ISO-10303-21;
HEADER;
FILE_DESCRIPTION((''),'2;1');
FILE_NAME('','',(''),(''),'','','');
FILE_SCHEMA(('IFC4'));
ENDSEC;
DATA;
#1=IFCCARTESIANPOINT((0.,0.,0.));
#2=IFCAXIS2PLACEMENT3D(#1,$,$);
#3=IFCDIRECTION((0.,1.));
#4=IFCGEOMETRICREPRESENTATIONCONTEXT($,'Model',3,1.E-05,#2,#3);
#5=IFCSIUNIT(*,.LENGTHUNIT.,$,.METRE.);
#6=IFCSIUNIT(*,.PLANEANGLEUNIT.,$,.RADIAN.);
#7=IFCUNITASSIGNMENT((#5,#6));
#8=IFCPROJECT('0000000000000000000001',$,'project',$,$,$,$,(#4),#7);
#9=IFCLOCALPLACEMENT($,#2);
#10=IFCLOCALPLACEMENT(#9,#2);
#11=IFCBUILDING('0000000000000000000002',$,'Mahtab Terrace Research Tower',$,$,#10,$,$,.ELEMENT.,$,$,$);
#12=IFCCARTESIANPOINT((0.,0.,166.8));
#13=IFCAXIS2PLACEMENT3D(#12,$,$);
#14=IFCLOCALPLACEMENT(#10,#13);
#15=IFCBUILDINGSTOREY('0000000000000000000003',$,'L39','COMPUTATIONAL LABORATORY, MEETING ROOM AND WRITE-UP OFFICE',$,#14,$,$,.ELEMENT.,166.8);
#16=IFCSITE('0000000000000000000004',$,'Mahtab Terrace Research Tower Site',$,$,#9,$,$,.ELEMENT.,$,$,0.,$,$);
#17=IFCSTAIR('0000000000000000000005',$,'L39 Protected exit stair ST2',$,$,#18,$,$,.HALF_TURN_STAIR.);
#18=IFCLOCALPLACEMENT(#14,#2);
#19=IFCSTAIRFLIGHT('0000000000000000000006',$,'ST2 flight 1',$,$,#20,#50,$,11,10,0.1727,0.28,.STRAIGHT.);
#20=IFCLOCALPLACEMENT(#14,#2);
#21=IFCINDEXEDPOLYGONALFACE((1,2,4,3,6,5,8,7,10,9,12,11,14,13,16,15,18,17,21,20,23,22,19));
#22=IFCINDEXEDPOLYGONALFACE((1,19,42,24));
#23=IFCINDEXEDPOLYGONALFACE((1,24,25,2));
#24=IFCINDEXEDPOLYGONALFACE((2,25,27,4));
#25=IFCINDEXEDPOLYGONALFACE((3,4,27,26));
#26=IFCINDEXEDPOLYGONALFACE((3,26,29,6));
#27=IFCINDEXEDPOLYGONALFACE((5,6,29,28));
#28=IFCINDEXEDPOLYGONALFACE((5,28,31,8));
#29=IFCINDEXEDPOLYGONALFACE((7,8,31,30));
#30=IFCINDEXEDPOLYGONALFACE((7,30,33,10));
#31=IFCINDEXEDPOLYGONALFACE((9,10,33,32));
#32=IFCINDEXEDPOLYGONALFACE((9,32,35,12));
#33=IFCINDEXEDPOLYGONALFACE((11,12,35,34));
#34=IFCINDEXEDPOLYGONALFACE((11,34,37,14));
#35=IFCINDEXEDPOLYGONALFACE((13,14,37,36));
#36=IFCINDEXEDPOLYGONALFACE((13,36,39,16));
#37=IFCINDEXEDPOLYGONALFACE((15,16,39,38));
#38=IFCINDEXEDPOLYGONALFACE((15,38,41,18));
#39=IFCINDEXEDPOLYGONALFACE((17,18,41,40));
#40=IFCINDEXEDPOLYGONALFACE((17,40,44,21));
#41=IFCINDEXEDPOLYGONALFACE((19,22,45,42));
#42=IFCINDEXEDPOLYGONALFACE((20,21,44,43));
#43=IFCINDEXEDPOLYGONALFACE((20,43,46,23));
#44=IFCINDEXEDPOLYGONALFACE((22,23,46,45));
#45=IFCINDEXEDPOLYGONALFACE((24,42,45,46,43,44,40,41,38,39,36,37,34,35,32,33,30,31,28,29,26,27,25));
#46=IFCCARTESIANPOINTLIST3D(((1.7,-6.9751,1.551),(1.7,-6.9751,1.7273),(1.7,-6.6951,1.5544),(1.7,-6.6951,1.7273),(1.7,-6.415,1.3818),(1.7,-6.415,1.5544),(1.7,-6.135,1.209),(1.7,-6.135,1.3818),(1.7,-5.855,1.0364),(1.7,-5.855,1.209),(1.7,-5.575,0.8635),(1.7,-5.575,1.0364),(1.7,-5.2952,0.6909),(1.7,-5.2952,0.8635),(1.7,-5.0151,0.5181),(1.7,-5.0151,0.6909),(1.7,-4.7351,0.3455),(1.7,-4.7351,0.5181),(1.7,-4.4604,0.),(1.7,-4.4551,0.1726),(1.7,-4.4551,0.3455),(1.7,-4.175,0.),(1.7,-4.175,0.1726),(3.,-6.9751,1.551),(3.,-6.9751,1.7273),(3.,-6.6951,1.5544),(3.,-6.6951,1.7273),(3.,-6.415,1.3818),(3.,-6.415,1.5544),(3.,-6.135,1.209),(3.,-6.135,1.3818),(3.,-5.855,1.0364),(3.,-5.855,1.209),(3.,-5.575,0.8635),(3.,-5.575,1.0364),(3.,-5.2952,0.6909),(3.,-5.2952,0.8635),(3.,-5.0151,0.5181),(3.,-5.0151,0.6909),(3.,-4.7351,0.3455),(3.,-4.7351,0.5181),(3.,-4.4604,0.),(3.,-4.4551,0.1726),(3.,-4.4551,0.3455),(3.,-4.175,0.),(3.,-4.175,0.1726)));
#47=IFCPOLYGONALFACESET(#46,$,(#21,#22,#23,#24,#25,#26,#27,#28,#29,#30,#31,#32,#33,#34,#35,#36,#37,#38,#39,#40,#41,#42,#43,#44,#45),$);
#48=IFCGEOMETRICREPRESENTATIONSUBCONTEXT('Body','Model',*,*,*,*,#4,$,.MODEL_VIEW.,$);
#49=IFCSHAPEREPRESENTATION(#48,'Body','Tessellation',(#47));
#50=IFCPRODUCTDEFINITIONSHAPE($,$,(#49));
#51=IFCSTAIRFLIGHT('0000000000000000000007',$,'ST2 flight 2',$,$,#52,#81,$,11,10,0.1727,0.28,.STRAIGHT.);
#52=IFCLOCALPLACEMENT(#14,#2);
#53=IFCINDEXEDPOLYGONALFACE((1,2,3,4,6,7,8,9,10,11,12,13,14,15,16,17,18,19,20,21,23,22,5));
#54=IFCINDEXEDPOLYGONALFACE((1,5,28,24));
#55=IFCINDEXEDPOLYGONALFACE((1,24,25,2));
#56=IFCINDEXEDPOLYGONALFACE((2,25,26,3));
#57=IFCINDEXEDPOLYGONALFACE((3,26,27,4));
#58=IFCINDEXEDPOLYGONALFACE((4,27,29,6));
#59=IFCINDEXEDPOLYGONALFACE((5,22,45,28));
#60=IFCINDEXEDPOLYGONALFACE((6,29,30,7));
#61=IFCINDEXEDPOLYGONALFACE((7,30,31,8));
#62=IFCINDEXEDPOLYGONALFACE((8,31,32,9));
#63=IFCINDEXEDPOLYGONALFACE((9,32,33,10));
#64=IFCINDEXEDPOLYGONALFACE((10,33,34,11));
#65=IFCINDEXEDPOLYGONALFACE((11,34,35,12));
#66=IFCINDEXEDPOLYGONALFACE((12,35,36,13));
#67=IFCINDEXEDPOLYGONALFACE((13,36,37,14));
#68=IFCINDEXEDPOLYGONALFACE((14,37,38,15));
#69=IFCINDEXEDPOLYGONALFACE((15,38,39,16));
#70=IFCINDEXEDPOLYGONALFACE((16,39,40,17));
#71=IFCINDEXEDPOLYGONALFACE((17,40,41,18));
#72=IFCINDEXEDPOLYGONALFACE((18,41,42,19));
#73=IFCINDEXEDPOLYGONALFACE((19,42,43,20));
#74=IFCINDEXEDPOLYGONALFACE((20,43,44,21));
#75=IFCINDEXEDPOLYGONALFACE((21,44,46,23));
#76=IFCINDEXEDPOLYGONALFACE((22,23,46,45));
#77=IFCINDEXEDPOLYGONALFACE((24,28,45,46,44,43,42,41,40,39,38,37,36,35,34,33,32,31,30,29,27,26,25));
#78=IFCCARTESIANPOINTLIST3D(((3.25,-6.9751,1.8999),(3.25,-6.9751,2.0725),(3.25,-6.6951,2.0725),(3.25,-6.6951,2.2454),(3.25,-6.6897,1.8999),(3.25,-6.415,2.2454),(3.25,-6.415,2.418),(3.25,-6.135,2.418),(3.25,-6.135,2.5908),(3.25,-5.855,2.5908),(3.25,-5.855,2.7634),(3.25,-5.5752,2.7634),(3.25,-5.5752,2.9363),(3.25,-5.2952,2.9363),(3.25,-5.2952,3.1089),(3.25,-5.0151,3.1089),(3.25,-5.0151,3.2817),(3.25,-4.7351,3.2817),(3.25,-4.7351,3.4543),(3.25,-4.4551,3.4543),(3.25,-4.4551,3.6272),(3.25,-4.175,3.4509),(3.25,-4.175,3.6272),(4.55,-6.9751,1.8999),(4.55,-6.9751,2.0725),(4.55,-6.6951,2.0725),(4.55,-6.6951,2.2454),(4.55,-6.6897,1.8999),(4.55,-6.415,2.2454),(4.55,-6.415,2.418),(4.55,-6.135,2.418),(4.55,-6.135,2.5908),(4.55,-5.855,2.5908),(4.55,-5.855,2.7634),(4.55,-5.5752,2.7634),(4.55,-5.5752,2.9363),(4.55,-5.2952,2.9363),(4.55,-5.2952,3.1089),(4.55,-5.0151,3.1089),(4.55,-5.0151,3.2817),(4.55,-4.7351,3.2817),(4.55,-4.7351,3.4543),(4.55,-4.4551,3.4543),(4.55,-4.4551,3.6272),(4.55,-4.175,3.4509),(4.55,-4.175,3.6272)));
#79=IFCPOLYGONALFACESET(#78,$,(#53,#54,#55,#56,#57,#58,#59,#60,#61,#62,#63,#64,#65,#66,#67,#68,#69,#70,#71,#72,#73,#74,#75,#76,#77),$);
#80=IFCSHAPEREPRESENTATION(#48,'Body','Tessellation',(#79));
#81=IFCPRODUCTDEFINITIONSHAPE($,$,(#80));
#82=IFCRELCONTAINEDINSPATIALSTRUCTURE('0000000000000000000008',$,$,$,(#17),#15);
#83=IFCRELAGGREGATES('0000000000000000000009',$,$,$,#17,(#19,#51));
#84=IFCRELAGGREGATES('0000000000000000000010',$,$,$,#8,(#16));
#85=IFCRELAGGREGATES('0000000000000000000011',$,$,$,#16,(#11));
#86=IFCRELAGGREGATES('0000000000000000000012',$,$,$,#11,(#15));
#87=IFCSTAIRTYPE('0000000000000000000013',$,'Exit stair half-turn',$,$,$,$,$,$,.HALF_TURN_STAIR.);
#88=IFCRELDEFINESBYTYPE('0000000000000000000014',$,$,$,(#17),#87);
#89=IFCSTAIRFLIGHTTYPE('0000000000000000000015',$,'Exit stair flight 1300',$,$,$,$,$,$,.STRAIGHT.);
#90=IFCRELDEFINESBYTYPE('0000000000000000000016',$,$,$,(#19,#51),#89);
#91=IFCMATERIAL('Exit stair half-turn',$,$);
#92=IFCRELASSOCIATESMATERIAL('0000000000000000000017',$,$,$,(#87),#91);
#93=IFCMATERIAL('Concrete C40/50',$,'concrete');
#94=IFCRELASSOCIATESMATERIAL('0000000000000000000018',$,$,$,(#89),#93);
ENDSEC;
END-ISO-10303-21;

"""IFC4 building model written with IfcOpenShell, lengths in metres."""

from ifc_helpers import new_model, si_unit, direction, frame, origin, place, context, subcontext, project, spatial, polyline, outline, extrude, material, type_object, element, aggregate, save


model = new_model("IFC4")

# Units and contexts
model_context = context("Model", 3, precision=1e-05, world=origin(), true_north=direction((0.0, 1.0)))
body_context = subcontext(model_context, "Body", "Model", "MODEL_VIEW")
ifc_project = project(units=[si_unit("LENGTHUNIT", "METRE"), si_unit("PLANEANGLEUNIT", "RADIAN")], contexts=[model_context])

# Site, building, storey
site_placement = place(None, origin())
site = spatial("IfcSite", under=ifc_project, at=site_placement, Name="Mahtab Terrace Research Tower Site", CompositionType="ELEMENT", RefElevation=0.0)
building_placement = place(site_placement, origin())
building = spatial("IfcBuilding", under=site, at=building_placement, Name="Mahtab Terrace Research Tower", CompositionType="ELEMENT")
storey_placement = place(building_placement, frame((0.0, 0.0, 166.8)))
storey = spatial("IfcBuildingStorey", under=building, at=storey_placement, Name="L39", Description="COMPUTATIONAL LABORATORY, MEETING ROOM AND WRITE-UP OFFICE", CompositionType="ELEMENT", Elevation=166.8)

# Stair, stair flights
ifc_material_1 = material(Name="Exit stair half-turn")
stair_type = type_object("IfcStairType", Name="Exit stair half-turn", PredefinedType="HALF_TURN_STAIR", material=ifc_material_1)
stair_placement = place(storey_placement, origin())
stair = element("IfcStair", 1, at=stair_placement, inside=storey, type_object=stair_type, Name="L39 Protected exit stair ST2", PredefinedType="HALF_TURN_STAIR")
ifc_material_2 = material(Name="Concrete C40/50", Category="concrete")
stair_flight_type = type_object("IfcStairFlightType", Name="Exit stair flight 1300", PredefinedType="STRAIGHT", material=ifc_material_2)
stair_flight_1_placement = place(storey_placement, frame((2.3501, -4.175, 0.0), z_axis=(0.0, 0.0, 1.0), x_axis=(0.0, -1.0, 0.0)))
stair_flight_1 = element("IfcStairFlight", 2, at=stair_flight_1_placement, type_object=stair_flight_type, Name="ST2 flight 1", NumberOfRisers=11, NumberOfTreads=10, PredefinedType="STRAIGHT", RiserHeight=0.1727, TreadLength=0.28, context=body_context, shape_type="SweptSolid", body=[
    extrude(outline(polyline([(0.0, 0.0), (0.0, 0.1726), (0.28, 0.1726), (0.28, 0.3455), (0.5601, 0.3455), (0.5601, 0.5181), (0.8401, 0.5181), (0.8401, 0.6909), (1.1201, 0.6909), (1.1201, 0.8635), (1.3999, 0.8635), (1.3999, 1.0364), (1.6799, 1.0364), (1.6799, 1.209), (1.96, 1.209), (1.96, 1.3818), (2.24, 1.3818), (2.24, 1.5544), (2.52, 1.5544), (2.52, 1.7273), (2.8, 1.7273), (2.8, 1.8999), (2.8, 1.551), (0.2854, 0.0), (0.0, 0.0)])), frame((0.0, 0.6499, 0.0), z_axis=(0.0, -1.0, 0.0), x_axis=(1.0, 0.0, 0.0)), (0.0, 0.0, 1.0), 1.3),
])
stair_flight_2_placement = place(storey_placement, frame((3.8999, -6.9751, 1.8999), z_axis=(0.0, 0.0, 1.0), x_axis=(0.0, 1.0, 0.0)))
stair_flight_2 = element("IfcStairFlight", 3, at=stair_flight_2_placement, type_object=stair_flight_type, Name="ST2 flight 2", NumberOfRisers=11, NumberOfTreads=10, PredefinedType="STRAIGHT", RiserHeight=0.1727, TreadLength=0.28, context=body_context, shape_type="SweptSolid", body=[
    extrude(outline(polyline([(0.0, 0.0), (0.0, 0.1726), (0.28, 0.1726), (0.28, 0.3455), (0.5601, 0.3455), (0.5601, 0.5181), (0.8401, 0.5181), (0.8401, 0.6909), (1.1201, 0.6909), (1.1201, 0.8635), (1.3999, 0.8635), (1.3999, 1.0364), (1.6799, 1.0364), (1.6799, 1.209), (1.96, 1.209), (1.96, 1.3818), (2.24, 1.3818), (2.24, 1.5544), (2.52, 1.5544), (2.52, 1.7273), (2.8, 1.7273), (2.8, 1.8999), (2.8, 1.551), (0.2854, 0.0), (0.0, 0.0)])), frame((0.0, 0.6499, 0.0), z_axis=(0.0, -1.0, 0.0), x_axis=(1.0, 0.0, 0.0)), (0.0, 0.0, 1.0), 1.3),
])
aggregate(stair, [stair_flight_1, stair_flight_2])

save(model, "model.ifc")
